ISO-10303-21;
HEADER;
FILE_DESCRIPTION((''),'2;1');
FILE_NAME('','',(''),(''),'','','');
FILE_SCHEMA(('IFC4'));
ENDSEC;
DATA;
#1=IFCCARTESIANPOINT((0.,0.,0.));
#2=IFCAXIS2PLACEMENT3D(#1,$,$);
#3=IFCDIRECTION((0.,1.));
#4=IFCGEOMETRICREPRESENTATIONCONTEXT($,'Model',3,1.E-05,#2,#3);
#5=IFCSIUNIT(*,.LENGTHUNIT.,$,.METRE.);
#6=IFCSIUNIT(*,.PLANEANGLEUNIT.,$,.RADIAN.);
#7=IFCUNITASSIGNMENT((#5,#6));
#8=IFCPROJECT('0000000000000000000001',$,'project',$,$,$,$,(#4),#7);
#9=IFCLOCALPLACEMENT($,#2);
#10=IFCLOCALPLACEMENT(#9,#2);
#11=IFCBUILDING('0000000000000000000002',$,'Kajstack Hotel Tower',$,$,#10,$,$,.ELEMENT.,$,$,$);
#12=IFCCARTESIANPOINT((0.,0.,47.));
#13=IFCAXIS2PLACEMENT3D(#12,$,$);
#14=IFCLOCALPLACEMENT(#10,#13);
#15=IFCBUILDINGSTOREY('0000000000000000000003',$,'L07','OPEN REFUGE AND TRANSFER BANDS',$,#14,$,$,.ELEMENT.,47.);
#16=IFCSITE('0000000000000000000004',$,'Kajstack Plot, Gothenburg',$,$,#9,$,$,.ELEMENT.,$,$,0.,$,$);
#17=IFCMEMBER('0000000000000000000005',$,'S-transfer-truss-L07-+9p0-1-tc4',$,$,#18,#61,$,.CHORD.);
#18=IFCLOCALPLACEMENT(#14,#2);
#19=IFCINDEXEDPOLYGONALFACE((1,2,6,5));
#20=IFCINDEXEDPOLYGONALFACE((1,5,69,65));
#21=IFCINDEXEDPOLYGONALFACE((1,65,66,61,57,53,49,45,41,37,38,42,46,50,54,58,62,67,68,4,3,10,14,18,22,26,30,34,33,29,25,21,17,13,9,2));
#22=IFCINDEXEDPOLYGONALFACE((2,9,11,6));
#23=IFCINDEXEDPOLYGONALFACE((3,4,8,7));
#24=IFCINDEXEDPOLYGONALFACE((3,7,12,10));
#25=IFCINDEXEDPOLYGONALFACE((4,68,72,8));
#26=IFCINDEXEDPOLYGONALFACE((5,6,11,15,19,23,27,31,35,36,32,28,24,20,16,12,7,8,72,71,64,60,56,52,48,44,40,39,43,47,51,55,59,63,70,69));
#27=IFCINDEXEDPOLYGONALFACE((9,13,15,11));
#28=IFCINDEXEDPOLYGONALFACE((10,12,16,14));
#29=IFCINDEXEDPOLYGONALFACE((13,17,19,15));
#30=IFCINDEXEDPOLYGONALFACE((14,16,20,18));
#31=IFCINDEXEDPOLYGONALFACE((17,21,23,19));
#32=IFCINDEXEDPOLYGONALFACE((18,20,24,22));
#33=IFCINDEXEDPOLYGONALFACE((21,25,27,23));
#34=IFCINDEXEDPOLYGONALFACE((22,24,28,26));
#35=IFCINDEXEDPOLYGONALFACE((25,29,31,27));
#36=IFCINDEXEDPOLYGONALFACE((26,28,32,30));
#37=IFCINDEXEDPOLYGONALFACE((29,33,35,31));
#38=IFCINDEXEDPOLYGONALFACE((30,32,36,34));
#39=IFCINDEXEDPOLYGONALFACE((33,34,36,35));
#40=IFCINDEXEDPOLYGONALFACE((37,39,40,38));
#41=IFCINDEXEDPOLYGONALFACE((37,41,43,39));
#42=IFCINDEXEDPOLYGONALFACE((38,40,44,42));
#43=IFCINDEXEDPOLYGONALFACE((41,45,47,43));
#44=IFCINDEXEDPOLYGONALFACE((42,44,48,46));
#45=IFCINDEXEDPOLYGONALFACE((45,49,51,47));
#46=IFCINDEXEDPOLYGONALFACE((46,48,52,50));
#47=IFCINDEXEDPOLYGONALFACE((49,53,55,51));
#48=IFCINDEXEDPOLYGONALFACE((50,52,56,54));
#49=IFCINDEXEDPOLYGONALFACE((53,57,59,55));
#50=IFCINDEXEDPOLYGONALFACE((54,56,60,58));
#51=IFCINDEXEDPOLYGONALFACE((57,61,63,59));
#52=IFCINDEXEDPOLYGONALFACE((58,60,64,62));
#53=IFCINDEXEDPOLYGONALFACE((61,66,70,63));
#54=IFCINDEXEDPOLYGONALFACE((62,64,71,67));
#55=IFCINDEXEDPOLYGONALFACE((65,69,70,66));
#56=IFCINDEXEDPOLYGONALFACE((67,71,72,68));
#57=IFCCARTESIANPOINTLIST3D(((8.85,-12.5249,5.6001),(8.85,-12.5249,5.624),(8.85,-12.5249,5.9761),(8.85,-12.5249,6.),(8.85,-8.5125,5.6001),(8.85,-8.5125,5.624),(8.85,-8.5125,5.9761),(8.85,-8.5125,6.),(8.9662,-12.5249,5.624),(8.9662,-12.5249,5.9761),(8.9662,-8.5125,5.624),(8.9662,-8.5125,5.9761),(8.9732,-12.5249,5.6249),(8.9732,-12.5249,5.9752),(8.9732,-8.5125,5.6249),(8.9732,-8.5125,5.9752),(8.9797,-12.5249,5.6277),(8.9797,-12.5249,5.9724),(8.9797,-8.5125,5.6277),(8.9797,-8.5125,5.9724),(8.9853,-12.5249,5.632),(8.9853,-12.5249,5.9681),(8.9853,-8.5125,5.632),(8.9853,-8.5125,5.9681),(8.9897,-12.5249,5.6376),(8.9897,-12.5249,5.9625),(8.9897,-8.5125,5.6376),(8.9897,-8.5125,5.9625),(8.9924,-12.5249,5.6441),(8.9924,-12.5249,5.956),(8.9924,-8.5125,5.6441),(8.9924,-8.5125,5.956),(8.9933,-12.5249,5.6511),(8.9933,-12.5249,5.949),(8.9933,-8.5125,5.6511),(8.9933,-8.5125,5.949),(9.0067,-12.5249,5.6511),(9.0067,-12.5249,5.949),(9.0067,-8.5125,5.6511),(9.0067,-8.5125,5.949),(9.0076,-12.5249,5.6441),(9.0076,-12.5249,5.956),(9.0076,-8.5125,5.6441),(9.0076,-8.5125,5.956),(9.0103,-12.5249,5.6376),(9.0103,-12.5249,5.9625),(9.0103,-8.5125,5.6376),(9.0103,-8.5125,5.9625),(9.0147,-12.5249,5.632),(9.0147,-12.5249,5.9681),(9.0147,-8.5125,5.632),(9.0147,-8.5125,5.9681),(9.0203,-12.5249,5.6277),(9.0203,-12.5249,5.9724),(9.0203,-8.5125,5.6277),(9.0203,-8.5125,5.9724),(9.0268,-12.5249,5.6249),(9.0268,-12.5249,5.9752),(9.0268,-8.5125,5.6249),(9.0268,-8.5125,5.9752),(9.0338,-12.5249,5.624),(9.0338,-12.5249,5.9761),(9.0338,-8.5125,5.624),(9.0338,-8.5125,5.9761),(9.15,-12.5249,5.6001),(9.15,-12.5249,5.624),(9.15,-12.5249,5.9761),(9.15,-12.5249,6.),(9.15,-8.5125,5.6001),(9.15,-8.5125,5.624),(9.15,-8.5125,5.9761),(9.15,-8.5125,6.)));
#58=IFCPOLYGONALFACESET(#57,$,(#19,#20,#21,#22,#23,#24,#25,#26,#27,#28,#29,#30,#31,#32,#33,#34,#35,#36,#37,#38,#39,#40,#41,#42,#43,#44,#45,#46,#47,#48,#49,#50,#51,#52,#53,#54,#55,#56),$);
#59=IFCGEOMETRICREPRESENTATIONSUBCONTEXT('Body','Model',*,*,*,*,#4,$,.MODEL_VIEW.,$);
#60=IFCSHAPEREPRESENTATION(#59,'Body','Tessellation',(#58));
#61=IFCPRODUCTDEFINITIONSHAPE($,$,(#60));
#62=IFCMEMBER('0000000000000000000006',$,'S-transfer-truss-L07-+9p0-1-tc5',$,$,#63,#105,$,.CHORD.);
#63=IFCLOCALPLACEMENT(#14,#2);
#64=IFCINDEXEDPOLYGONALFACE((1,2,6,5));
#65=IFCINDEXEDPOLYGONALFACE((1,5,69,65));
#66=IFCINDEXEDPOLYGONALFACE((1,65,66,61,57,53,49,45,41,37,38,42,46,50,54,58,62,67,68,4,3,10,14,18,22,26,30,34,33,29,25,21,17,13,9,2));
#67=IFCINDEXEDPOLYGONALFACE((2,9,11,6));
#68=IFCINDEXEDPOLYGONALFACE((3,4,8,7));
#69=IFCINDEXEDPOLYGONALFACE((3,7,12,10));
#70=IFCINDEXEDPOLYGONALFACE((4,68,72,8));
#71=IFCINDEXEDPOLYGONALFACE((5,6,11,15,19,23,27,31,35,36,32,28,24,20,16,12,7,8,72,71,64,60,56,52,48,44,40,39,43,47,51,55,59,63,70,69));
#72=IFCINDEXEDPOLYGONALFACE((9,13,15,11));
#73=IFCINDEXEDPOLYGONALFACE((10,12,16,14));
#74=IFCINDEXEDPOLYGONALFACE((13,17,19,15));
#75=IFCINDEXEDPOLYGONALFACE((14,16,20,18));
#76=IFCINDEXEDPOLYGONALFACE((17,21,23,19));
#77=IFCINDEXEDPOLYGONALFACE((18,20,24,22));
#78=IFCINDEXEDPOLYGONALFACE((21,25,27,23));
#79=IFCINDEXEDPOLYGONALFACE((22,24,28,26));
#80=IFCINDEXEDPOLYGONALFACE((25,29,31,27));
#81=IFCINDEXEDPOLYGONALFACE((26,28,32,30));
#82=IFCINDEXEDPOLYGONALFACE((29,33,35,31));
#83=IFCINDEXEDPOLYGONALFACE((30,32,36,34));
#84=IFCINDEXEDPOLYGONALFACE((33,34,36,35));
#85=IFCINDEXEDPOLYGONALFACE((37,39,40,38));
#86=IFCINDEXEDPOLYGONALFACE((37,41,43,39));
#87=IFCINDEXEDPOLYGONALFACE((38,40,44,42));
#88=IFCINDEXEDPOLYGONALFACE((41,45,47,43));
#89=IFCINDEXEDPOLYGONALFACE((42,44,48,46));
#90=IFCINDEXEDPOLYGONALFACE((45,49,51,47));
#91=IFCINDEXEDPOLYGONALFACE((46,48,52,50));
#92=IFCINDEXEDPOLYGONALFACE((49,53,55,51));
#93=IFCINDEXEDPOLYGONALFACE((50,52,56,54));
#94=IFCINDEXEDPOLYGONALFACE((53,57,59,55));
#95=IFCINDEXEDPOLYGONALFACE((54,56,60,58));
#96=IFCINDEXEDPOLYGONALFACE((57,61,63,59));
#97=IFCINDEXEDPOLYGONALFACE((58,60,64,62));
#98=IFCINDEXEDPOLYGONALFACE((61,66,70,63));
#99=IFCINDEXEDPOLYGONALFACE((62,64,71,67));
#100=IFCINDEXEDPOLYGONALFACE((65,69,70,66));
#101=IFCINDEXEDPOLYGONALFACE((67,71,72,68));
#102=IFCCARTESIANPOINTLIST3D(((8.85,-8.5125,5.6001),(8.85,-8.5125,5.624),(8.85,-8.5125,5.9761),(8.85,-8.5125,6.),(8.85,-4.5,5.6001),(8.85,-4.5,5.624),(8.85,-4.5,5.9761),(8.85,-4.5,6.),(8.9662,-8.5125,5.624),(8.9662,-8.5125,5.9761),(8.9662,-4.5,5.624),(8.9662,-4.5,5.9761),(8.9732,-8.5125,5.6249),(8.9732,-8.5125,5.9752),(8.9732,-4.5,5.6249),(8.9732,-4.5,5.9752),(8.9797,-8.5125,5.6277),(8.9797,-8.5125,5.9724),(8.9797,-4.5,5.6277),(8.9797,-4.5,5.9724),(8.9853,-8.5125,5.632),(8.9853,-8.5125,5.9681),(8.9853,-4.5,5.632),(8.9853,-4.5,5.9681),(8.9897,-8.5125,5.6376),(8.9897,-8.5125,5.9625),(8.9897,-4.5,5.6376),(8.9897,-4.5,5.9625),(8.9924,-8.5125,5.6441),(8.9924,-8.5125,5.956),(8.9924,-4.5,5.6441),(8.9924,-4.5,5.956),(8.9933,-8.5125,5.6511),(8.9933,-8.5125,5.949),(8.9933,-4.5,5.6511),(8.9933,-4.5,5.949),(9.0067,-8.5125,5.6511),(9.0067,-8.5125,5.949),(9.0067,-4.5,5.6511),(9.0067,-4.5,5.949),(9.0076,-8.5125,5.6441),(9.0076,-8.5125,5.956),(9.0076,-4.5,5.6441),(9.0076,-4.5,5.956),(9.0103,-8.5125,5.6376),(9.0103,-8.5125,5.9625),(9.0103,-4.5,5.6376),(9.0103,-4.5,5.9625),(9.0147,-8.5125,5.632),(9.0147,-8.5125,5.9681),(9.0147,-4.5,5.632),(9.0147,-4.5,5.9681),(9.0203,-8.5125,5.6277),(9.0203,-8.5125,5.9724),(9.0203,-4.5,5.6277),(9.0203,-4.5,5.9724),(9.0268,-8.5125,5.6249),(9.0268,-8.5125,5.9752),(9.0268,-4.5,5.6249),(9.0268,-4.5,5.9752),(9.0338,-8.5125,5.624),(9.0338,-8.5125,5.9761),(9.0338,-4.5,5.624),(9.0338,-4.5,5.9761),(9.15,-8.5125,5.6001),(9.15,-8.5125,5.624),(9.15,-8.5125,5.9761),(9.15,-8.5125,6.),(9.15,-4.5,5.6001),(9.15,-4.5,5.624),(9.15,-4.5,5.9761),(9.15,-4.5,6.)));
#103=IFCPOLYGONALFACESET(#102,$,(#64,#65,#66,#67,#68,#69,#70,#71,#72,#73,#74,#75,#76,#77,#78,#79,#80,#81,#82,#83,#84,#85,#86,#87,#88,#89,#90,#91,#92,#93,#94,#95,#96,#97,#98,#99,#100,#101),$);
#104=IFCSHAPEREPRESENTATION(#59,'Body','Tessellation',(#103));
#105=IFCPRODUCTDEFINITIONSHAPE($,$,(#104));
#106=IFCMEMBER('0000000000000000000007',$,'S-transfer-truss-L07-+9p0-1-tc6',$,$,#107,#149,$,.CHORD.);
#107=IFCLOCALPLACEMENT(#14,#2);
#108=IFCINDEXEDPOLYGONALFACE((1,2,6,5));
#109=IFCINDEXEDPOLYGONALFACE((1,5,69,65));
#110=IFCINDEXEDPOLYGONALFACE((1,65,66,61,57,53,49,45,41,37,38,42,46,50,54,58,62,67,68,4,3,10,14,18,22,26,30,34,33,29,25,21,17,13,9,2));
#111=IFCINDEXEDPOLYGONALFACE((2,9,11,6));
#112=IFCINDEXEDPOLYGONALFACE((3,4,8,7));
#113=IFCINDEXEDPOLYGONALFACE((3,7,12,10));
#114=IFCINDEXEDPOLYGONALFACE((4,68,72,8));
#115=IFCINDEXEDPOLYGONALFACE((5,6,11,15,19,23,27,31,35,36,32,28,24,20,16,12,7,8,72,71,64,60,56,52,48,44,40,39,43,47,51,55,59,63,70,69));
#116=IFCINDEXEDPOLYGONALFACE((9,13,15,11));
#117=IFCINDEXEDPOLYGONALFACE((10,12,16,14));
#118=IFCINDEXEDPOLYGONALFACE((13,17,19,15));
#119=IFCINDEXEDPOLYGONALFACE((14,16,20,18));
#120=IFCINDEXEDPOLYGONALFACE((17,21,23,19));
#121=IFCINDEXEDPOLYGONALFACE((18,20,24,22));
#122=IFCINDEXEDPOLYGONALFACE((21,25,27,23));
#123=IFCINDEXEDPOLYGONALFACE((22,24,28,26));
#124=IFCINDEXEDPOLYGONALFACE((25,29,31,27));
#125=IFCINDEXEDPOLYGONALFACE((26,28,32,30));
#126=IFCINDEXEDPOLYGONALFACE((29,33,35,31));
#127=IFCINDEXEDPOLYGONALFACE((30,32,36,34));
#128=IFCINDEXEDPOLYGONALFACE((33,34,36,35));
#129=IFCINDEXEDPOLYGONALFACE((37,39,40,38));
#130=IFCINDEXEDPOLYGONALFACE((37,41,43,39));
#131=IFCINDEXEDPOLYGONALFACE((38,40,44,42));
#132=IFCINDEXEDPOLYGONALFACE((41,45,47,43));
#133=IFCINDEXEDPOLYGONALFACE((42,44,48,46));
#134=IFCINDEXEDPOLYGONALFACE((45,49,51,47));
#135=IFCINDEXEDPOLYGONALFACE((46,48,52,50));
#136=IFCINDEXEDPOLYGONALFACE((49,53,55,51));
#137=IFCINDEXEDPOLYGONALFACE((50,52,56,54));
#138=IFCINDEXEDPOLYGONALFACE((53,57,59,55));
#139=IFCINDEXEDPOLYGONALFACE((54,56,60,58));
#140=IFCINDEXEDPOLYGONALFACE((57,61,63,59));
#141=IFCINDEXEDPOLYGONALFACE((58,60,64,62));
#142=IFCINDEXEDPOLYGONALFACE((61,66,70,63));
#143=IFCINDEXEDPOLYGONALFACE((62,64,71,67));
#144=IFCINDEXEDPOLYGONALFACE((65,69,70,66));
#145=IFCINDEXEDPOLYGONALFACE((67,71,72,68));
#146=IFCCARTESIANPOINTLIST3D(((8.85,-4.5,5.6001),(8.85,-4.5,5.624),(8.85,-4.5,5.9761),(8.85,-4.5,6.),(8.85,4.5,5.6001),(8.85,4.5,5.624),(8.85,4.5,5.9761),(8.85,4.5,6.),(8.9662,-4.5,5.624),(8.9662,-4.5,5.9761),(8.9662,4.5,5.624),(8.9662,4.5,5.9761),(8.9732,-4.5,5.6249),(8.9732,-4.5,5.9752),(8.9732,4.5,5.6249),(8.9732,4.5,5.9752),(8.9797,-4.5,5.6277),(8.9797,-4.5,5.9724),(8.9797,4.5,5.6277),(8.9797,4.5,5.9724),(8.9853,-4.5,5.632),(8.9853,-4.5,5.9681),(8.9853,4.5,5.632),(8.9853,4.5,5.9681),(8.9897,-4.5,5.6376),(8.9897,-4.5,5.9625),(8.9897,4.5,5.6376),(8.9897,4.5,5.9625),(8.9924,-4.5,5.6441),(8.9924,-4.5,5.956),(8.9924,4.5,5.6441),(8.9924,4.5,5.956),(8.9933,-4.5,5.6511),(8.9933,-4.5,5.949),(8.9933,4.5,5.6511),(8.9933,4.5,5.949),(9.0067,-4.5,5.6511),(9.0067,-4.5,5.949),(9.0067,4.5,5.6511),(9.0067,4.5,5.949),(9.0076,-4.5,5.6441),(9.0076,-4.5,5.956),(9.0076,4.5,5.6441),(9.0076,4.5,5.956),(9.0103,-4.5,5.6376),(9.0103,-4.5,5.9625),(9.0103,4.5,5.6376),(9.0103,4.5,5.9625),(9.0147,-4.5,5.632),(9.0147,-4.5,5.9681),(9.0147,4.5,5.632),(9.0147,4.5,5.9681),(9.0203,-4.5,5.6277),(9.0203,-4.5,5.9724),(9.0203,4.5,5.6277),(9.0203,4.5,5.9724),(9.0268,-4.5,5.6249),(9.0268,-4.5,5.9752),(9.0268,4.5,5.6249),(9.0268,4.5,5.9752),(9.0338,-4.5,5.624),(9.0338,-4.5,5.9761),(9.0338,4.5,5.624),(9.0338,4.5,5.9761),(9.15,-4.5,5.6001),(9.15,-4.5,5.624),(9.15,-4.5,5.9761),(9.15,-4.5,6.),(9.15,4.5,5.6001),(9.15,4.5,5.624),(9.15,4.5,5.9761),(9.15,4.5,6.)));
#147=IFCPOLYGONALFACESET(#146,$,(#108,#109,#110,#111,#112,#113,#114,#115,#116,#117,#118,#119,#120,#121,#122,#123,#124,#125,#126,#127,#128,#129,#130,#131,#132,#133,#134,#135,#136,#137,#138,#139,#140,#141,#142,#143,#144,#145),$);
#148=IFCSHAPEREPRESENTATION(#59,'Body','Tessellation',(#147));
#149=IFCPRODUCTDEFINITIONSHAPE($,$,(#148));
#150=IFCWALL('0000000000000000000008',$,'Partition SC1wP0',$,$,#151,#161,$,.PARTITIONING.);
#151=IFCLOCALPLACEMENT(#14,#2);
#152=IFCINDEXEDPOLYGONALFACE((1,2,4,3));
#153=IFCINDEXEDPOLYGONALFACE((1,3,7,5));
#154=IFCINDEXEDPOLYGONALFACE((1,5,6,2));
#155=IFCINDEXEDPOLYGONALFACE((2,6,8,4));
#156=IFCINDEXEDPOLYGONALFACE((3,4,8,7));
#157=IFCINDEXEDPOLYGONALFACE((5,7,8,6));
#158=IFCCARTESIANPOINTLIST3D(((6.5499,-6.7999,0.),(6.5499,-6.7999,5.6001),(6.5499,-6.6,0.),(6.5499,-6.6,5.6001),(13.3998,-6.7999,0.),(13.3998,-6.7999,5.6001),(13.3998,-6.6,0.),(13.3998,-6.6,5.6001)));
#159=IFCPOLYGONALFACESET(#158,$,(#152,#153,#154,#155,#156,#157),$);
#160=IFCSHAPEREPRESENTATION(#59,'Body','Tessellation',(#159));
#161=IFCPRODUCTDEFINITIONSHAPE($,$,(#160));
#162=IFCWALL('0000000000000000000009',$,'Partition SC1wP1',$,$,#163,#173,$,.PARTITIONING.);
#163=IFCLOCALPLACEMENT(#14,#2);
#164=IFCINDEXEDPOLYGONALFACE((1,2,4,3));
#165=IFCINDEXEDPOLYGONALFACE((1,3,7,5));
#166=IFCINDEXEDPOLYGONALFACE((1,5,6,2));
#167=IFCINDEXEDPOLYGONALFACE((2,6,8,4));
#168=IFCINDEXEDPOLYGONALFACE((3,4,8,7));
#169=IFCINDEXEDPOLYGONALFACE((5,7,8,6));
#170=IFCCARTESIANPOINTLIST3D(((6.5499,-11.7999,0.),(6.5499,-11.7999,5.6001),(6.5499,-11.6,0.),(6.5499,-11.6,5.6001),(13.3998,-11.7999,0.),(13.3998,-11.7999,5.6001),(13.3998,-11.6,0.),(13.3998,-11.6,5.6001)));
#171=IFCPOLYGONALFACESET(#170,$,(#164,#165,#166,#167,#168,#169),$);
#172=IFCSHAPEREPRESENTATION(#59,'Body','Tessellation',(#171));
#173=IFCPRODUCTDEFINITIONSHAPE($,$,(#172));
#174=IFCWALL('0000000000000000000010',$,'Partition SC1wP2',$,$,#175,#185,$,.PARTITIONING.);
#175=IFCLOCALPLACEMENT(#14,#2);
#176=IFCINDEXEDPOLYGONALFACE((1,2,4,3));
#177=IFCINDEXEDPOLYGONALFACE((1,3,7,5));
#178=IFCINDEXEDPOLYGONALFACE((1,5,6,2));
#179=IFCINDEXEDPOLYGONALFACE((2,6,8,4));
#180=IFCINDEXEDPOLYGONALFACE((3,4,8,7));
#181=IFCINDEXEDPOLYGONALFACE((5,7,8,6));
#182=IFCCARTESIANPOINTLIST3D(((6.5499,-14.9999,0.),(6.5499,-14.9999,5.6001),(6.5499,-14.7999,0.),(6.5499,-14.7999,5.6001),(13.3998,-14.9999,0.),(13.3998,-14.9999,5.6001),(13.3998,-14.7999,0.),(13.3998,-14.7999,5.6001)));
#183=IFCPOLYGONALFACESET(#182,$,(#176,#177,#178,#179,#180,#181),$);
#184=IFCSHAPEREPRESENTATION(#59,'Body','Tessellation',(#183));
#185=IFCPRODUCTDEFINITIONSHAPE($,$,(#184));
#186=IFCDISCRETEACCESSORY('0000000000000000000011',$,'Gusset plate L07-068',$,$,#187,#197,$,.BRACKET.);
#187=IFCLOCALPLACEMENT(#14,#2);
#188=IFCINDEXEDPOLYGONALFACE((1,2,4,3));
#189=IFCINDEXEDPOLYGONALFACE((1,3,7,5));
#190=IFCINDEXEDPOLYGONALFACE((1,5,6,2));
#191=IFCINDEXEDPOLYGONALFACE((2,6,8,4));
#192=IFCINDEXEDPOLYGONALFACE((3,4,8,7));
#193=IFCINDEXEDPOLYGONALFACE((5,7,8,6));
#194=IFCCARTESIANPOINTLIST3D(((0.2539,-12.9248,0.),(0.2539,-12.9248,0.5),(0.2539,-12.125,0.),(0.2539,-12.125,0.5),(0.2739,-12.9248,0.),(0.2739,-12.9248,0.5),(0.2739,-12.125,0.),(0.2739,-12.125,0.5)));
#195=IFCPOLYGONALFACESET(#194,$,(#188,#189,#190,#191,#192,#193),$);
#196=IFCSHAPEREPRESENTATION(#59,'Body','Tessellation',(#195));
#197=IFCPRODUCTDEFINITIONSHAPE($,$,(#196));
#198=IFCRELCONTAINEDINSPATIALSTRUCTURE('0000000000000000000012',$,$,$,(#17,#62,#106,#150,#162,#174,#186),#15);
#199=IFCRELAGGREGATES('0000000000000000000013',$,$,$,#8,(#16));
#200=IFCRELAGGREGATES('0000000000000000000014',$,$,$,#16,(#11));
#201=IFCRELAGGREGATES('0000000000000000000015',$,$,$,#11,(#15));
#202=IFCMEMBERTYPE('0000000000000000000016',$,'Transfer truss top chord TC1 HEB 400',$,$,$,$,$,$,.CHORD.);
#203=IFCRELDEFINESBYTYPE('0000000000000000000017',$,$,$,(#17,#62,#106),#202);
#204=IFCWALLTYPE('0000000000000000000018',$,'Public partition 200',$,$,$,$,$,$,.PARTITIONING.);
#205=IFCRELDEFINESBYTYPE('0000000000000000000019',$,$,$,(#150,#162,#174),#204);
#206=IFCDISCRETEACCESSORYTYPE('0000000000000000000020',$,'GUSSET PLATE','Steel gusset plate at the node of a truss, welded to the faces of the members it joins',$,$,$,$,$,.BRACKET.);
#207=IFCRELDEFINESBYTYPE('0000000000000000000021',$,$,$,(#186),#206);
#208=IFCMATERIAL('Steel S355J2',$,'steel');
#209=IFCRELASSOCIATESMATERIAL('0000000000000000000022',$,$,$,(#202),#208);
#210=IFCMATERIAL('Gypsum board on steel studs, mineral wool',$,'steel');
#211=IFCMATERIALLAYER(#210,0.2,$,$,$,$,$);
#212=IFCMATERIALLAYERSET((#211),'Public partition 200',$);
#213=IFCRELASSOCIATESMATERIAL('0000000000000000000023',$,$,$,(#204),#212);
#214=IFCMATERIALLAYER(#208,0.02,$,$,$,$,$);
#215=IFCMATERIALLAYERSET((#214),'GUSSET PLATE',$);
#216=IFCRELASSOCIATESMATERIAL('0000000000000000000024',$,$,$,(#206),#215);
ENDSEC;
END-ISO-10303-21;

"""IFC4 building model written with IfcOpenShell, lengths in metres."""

from ifc_helpers import new_model, si_unit, direction, frame, frame_2d, origin, origin_2d, place, context, subcontext, project, spatial, polyline, rectangle, i_section, outline, extrude, material, layer, layer_set, material_profile, profile_set, type_object, element, save


model = new_model("IFC4")

# Units and contexts
model_context = context("Model", 3, precision=1e-05, world=origin(), true_north=direction((0.0, 1.0)))
body_context = subcontext(model_context, "Body", "Model", "MODEL_VIEW")
ifc_project = project(units=[si_unit("LENGTHUNIT", "METRE"), si_unit("PLANEANGLEUNIT", "RADIAN")], contexts=[model_context])

# Site, building, storey
site_placement = place(None, origin())
site = spatial("IfcSite", under=ifc_project, at=site_placement, Name="Kajstack Plot, Gothenburg", CompositionType="ELEMENT", RefElevation=0.0)
building_placement = place(site_placement, origin())
building = spatial("IfcBuilding", under=site, at=building_placement, Name="Kajstack Hotel Tower", CompositionType="ELEMENT")
storey_placement = place(building_placement, frame((0.0, 0.0, 47.0)))
storey = spatial("IfcBuildingStorey", under=building, at=storey_placement, Name="L07", Description="OPEN REFUGE AND TRANSFER BANDS", CompositionType="ELEMENT", Elevation=47.0)

# Members
ifc_material_1 = material(Name="Steel S355J2", Category="steel")
ifc_material_profile_1 = material_profile(ifc_material_1, i_section(OverallWidth=0.3, OverallDepth=0.3999, WebThickness=0.0134, FlangeThickness=0.0239, FilletRadius=0.0271, at=origin_2d()), Name="HEB 400")
ifc_profile_set_1 = profile_set([ifc_material_profile_1], Name="Steel S355J2")
member_type_1 = type_object("IfcMemberType", Name="Transfer truss top chord TC1 HEB 400", PredefinedType="CHORD", material=ifc_profile_set_1)
for number, where, z_axis, x_axis, name in (
    (1, (9.0, -12.5249, 5.8), (0.0, 1.0, 0.0), (-1.0, 0.0, 0.0), "S-transfer-truss-L07-+9p0-1-tc4"),
    (2, (9.0, -8.5125, 5.8), (0.0, 1.0, 0.0), (-1.0, 0.0, 0.0), "S-transfer-truss-L07-+9p0-1-tc5"),
):
    element("IfcMember", number, at=place(storey_placement, frame(where, z_axis=z_axis, x_axis=x_axis)), inside=storey, type_object=member_type_1, Name=name, PredefinedType="CHORD", context=body_context, shape_type="SweptSolid", body=[
        extrude(i_section(OverallWidth=0.3, OverallDepth=0.3999, WebThickness=0.0134, FlangeThickness=0.0239, FilletRadius=0.0271, at=origin_2d()), origin(), (0.0, 0.0, 1.0), 4.0125),
    ])
member_1_placement = place(storey_placement, frame((9.0, -4.5, 5.8), z_axis=(0.0, 1.0, 0.0), x_axis=(-1.0, 0.0, 0.0)))
element("IfcMember", 3, at=member_1_placement, inside=storey, type_object=member_type_1, Name="S-transfer-truss-L07-+9p0-1-tc6", PredefinedType="CHORD", context=body_context, shape_type="SweptSolid", body=[
    extrude(i_section(OverallWidth=0.3, OverallDepth=0.3999, WebThickness=0.0134, FlangeThickness=0.0239, FilletRadius=0.0271, at=origin_2d()), origin(), (0.0, 0.0, 1.0), 9.0),
])

# Walls
ifc_material_2 = material(Name="Gypsum board on steel studs, mineral wool", Category="steel")
ifc_layer_1 = layer(ifc_material_2, 0.2)
ifc_layer_set_1 = layer_set([ifc_layer_1], Name="Public partition 200")
wall_type = type_object("IfcWallType", Name="Public partition 200", PredefinedType="PARTITIONING", material=ifc_layer_set_1)
for number, where, z_axis, x_axis, name in (
    (4, (6.55, -6.7, 0.0), (0.0, 0.0, 1.0), (1.0, 0.0, 0.0), "Partition SC1wP0"),
    (5, (6.55, -11.7, 0.0), (0.0, 0.0, 1.0), (1.0, 0.0, 0.0), "Partition SC1wP1"),
    (6, (6.55, -14.8999, 0.0), (0.0, 0.0, 1.0), (1.0, 0.0, 0.0), "Partition SC1wP2"),
):
    element("IfcWall", number, at=place(storey_placement, frame(where, z_axis=z_axis, x_axis=x_axis)), inside=storey, type_object=wall_type, Name=name, PredefinedType="PARTITIONING", context=body_context, shape_type="SweptSolid", body=[
        extrude(rectangle(XDim=6.8499, YDim=0.2, at=frame_2d((3.4248, 0.0))), origin(), (0.0, 0.0, 1.0), 5.6001),
    ])

# Discrete accessory
ifc_layer_2 = layer(ifc_material_1, 0.02)
ifc_layer_set_2 = layer_set([ifc_layer_2], Name="GUSSET PLATE")
discrete_accessory_type = type_object("IfcDiscreteAccessoryType", Name="GUSSET PLATE", Description="Steel gusset plate at the node of a truss, welded to the faces of the members it joins", PredefinedType="BRACKET", material=ifc_layer_set_2)
for number, where, z_axis, x_axis, name in (
    (7, (0.2539, -12.5249, 0.0), (1.0, 0.0, 0.0), (0.0, 1.0, 0.0), "Gusset plate L07-068"),
):
    element("IfcDiscreteAccessory", number, at=place(storey_placement, frame(where, z_axis=z_axis, x_axis=x_axis)), inside=storey, type_object=discrete_accessory_type, Name=name, PredefinedType="BRACKET", context=body_context, shape_type="SweptSolid", body=[
        extrude(outline(polyline([(-0.3999, 0.0), (0.3999, 0.0), (0.3999, 0.5), (-0.3999, 0.5), (-0.3999, 0.0)])), origin(), (0.0, 0.0, 1.0), 0.02),
    ])

save(model, "model.ifc")
